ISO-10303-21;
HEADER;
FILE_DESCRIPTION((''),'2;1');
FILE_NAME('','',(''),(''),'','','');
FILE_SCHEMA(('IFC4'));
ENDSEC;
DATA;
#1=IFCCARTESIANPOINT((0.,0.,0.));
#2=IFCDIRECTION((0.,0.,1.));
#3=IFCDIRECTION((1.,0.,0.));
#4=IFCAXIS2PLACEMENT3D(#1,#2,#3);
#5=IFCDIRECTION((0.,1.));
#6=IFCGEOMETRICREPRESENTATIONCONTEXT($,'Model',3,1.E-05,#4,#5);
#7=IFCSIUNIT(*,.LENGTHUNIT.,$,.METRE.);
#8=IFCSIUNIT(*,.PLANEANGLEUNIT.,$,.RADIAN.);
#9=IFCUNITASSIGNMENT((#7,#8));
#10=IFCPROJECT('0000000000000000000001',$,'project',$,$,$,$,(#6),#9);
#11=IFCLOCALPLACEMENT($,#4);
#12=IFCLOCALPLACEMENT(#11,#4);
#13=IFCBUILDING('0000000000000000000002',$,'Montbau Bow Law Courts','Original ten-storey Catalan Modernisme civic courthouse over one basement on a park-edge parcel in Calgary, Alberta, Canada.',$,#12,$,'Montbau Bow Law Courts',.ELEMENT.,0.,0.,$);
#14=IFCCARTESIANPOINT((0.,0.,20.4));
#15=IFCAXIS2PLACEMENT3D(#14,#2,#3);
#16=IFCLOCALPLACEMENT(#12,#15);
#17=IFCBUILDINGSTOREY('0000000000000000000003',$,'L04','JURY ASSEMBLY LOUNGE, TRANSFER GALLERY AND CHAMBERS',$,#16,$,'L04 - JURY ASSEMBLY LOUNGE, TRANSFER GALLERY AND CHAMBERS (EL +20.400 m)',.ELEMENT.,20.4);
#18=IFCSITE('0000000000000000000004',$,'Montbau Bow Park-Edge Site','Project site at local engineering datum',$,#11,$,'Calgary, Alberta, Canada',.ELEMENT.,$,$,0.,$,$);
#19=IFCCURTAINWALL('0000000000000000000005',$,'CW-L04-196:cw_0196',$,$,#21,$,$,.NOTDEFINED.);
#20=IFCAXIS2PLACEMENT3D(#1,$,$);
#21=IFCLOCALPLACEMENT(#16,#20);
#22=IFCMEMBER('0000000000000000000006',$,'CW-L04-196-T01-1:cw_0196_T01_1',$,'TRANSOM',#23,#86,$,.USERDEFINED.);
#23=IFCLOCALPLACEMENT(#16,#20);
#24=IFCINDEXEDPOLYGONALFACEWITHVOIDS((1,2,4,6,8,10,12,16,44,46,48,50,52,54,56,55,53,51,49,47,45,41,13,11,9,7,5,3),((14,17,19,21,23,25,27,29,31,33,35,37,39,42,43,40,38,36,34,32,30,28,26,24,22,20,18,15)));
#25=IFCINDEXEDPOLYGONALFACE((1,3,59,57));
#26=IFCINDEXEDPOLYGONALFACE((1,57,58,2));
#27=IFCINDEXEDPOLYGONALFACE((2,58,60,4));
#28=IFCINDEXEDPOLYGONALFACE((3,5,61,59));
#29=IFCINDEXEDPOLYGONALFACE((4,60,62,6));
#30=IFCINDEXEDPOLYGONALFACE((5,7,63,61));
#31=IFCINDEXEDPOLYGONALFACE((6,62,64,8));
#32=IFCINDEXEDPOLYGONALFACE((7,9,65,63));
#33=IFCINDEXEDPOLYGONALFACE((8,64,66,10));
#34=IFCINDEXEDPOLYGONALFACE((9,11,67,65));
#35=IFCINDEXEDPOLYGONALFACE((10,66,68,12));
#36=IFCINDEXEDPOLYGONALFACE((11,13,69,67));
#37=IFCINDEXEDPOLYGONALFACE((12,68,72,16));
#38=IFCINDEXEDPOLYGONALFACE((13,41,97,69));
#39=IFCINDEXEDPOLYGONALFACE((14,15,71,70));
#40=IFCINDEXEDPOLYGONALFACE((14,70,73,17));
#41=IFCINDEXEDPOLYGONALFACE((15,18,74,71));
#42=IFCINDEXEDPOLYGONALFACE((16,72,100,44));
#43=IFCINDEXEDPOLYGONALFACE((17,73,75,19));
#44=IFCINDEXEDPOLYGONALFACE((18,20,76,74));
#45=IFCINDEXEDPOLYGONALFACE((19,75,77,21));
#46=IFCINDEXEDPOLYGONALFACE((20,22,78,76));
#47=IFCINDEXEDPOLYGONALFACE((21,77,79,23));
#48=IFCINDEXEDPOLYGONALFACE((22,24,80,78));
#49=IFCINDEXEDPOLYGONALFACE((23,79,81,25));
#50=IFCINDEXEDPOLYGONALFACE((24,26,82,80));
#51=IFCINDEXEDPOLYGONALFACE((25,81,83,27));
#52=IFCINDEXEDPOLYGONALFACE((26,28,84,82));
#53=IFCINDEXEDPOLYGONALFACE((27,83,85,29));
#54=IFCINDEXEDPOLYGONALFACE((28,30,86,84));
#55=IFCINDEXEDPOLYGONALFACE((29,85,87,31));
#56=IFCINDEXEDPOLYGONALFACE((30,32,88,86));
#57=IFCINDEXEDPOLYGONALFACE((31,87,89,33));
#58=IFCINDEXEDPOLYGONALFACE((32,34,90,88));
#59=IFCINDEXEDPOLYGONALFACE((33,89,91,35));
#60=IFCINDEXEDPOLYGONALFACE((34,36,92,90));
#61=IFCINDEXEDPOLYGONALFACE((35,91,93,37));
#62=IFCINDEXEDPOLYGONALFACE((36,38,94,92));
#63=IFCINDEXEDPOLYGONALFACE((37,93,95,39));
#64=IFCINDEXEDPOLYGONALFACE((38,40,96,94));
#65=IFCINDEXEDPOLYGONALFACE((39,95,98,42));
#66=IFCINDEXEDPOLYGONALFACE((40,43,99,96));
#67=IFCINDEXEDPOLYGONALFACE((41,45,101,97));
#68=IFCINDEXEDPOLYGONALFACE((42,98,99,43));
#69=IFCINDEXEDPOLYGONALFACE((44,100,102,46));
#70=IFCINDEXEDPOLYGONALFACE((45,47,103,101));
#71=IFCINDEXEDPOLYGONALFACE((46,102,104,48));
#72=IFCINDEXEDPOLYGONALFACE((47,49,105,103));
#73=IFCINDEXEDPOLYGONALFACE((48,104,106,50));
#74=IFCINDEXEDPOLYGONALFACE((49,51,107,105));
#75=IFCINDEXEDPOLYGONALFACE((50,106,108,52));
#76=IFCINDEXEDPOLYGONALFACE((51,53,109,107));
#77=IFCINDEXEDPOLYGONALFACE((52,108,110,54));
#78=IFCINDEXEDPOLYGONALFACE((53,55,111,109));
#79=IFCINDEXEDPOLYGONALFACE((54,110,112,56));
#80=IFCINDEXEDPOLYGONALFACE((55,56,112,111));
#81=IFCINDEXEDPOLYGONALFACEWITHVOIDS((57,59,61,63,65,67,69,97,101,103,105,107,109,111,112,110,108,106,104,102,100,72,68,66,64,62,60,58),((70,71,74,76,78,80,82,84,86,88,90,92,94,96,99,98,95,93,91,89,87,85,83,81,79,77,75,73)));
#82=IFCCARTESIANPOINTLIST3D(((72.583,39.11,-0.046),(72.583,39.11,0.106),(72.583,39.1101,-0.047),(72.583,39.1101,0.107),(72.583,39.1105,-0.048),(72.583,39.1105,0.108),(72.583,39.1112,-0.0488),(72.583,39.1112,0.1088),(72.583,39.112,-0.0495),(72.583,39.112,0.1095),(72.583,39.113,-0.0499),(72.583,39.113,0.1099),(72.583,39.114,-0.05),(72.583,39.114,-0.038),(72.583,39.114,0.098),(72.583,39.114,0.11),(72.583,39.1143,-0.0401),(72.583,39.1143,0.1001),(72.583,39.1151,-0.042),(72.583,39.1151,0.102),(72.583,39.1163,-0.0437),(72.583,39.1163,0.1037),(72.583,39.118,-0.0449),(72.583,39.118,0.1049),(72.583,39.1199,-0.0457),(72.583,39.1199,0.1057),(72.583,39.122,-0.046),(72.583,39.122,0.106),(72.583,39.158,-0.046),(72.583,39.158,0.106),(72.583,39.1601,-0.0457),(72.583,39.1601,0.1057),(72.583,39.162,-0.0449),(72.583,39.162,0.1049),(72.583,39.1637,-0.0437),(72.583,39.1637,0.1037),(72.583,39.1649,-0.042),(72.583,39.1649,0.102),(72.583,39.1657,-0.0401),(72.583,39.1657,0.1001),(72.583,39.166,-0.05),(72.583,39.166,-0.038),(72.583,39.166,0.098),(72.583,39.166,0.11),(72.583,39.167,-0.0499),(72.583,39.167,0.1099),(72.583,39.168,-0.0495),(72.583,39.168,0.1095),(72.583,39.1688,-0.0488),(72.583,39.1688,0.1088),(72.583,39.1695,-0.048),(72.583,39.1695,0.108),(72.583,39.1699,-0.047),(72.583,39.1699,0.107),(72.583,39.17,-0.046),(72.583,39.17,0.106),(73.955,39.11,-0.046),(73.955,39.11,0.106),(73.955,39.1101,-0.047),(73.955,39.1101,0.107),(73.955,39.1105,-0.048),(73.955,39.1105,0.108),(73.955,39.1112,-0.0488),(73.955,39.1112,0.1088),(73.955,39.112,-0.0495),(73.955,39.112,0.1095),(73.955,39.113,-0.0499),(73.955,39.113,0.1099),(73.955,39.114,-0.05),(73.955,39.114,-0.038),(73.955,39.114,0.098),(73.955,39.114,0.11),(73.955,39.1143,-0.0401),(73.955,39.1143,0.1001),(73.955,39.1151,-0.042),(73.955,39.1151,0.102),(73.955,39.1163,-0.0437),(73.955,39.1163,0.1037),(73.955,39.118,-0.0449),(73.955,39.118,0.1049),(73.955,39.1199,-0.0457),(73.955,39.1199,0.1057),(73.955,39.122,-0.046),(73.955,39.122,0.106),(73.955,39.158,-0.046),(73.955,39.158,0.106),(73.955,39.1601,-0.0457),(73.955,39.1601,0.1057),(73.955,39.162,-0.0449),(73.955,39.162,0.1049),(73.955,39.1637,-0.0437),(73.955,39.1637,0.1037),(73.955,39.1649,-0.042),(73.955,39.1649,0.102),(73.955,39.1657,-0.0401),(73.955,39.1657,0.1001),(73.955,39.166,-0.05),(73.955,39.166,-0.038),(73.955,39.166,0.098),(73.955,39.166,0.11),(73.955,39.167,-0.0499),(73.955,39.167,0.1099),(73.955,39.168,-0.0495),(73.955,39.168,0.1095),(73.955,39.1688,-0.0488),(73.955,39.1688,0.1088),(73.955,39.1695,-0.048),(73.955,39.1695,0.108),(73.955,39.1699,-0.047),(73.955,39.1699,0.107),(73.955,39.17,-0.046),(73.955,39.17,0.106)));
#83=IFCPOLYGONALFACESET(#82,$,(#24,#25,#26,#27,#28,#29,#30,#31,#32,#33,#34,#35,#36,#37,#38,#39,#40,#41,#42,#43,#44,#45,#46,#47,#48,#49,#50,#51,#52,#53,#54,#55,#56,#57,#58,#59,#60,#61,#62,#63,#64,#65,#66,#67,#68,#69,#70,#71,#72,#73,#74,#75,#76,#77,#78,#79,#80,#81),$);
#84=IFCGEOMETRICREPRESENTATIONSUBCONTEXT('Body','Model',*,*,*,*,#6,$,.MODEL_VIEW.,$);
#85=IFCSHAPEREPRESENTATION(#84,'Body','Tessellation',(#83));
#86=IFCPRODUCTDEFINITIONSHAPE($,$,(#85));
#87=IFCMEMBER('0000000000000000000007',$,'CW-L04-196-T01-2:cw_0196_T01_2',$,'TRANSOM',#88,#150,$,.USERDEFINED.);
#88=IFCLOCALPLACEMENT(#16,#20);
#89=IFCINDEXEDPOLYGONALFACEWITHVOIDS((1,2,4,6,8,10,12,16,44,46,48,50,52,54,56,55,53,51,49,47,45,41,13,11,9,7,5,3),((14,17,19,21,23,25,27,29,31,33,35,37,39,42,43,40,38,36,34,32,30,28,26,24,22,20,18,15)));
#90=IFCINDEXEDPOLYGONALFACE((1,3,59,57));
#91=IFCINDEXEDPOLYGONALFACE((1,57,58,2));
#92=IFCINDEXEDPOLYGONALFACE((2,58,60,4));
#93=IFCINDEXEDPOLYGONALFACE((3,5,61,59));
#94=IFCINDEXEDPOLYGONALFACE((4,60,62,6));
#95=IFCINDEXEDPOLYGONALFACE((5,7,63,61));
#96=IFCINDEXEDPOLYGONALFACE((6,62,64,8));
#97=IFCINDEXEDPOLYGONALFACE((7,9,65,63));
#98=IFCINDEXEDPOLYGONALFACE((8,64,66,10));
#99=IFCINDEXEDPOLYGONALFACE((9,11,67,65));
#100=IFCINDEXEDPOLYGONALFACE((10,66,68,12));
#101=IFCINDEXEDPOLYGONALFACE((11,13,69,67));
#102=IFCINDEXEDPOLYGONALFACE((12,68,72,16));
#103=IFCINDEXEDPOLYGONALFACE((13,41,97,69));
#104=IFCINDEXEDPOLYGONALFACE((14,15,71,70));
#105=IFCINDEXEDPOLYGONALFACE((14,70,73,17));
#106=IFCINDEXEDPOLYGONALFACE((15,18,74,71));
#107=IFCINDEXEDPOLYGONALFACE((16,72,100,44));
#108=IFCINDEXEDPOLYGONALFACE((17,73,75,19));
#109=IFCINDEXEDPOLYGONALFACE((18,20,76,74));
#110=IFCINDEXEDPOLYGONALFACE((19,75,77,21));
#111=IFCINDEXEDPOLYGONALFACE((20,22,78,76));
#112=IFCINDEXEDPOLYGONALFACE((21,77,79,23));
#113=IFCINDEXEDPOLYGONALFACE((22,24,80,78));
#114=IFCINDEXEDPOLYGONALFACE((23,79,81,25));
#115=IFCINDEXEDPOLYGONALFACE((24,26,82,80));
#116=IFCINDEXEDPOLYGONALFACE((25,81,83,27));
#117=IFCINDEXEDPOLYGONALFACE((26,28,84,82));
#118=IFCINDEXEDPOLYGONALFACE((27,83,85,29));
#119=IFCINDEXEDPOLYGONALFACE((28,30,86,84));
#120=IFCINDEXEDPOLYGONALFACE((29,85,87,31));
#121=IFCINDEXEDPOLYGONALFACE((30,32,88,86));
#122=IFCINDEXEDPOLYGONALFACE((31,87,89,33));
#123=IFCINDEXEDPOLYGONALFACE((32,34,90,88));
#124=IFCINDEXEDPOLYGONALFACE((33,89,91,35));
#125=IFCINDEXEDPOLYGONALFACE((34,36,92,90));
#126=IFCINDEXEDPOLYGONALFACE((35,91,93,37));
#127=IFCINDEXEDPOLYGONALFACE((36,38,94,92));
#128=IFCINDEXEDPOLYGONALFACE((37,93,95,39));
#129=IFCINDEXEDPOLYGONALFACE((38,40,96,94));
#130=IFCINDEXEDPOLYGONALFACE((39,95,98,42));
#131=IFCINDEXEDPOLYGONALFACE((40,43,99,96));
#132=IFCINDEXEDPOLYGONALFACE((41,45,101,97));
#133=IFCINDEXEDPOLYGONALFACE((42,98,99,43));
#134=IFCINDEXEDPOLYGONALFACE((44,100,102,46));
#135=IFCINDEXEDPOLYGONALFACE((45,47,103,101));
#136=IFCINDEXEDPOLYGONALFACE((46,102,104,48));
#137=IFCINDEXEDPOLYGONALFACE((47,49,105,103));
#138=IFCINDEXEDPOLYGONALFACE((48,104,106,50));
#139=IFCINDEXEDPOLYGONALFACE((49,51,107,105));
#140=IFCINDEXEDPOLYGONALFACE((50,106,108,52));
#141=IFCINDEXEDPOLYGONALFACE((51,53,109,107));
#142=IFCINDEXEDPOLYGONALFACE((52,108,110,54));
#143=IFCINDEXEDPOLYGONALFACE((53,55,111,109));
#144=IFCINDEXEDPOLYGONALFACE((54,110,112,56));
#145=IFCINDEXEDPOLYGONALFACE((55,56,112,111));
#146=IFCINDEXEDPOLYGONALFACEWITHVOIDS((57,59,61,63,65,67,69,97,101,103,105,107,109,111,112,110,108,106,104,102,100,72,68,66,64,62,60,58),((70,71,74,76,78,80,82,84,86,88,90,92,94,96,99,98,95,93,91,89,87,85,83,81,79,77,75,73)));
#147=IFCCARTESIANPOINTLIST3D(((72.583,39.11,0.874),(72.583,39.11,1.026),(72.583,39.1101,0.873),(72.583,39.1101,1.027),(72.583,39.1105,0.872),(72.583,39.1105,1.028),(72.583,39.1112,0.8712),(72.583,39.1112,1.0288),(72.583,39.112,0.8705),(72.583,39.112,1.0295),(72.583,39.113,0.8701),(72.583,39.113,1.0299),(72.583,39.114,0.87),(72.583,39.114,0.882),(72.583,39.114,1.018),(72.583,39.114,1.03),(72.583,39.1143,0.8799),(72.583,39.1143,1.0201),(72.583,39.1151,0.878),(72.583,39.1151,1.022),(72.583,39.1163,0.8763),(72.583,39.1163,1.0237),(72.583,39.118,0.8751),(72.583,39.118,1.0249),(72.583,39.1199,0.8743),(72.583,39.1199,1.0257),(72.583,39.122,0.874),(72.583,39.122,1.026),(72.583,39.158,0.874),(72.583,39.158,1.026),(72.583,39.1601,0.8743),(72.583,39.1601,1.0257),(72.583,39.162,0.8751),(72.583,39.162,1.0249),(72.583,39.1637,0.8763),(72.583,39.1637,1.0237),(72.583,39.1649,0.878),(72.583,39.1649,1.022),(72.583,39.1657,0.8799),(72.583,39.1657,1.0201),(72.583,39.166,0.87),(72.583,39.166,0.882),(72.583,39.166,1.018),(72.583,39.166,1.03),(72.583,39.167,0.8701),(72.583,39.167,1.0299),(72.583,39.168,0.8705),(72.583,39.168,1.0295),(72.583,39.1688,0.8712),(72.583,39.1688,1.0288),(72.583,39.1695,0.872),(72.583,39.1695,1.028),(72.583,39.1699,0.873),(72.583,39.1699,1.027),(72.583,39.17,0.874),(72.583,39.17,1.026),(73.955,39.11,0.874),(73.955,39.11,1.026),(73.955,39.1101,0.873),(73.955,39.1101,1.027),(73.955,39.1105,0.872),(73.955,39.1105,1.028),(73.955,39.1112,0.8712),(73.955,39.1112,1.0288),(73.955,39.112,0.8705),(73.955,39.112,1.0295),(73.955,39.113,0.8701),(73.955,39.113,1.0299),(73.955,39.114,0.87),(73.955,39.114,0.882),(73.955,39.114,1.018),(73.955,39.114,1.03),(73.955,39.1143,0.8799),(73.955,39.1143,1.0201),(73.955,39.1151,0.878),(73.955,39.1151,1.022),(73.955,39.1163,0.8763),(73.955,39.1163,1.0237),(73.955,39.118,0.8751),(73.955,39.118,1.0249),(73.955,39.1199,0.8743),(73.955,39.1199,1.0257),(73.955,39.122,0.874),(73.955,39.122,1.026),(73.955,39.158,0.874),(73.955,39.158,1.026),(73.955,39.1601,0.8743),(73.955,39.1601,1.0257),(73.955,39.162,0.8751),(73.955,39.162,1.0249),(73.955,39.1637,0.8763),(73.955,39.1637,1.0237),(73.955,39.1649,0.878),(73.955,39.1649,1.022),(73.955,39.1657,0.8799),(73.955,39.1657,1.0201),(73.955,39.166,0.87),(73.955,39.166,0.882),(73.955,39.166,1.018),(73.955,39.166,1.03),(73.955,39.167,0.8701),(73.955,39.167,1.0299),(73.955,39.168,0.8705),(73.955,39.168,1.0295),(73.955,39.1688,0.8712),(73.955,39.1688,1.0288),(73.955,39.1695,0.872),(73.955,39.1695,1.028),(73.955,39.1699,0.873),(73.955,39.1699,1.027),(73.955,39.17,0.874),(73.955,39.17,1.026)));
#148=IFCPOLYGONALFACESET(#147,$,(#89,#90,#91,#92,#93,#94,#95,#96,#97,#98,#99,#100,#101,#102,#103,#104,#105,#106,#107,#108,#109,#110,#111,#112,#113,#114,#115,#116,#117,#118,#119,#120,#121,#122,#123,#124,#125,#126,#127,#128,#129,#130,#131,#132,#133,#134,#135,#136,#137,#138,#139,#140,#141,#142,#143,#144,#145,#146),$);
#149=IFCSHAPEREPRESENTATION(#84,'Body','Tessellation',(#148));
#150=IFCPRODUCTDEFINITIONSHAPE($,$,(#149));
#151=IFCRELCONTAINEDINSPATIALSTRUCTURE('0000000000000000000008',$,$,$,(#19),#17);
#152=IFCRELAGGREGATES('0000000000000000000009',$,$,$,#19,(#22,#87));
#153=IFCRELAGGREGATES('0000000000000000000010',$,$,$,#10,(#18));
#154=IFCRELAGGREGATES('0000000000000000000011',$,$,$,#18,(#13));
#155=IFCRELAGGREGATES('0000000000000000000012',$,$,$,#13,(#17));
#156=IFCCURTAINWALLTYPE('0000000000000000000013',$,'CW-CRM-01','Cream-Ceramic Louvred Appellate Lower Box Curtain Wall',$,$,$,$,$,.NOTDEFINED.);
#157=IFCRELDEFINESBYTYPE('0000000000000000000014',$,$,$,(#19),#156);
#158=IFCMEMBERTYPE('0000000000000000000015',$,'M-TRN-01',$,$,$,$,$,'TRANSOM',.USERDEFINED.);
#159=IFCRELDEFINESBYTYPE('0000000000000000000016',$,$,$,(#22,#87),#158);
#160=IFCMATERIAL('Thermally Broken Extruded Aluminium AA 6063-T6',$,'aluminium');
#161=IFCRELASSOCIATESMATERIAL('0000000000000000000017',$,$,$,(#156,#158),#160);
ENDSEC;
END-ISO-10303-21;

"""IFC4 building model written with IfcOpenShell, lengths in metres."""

from ifc_helpers import new_model, si_unit, direction, frame, origin_with_axes, origin_2d_with_axis, place, context, subcontext, project, spatial, hollow_rectangle, extrude, material, material_profile, profile_set, type_object, element, aggregate, save


model = new_model("IFC4")

# Units and contexts
model_context = context("Model", 3, precision=1e-05, world=origin_with_axes(), true_north=direction((0.0, 1.0)))
body_context = subcontext(model_context, "Body", "Model", "MODEL_VIEW")
ifc_project = project(units=[si_unit("LENGTHUNIT", "METRE"), si_unit("PLANEANGLEUNIT", "RADIAN")], contexts=[model_context])

# Site, building, storey
site_placement = place(None, origin_with_axes())
site = spatial("IfcSite", under=ifc_project, at=site_placement, Name="Montbau Bow Park-Edge Site", Description="Project site at local engineering datum", LongName="Calgary, Alberta, Canada", CompositionType="ELEMENT", RefElevation=0.0)
building_placement = place(site_placement, origin_with_axes())
building = spatial("IfcBuilding", under=site, at=building_placement, Name="Montbau Bow Law Courts", Description="Original ten-storey Catalan Modernisme civic courthouse over one basement on a park-edge parcel in Calgary, Alberta, Canada.", LongName="Montbau Bow Law Courts", CompositionType="ELEMENT", ElevationOfRefHeight=0.0, ElevationOfTerrain=0.0)
storey_placement = place(building_placement, frame((0.0, 0.0, 20.4), z_axis=(0.0, 0.0, 1.0), x_axis=(1.0, 0.0, 0.0)))
storey = spatial("IfcBuildingStorey", under=building, at=storey_placement, Name="L04", Description="JURY ASSEMBLY LOUNGE, TRANSFER GALLERY AND CHAMBERS", LongName="L04 - JURY ASSEMBLY LOUNGE, TRANSFER GALLERY AND CHAMBERS (EL +20.400 m)", CompositionType="ELEMENT", Elevation=20.4)

# Shared definitions
ifc_material_1 = material(Name="Thermally Broken Extruded Aluminium AA 6063-T6", Category="aluminium")
curtain_wall_type = type_object("IfcCurtainWallType", Name="CW-CRM-01", Description="Cream-Ceramic Louvred Appellate Lower Box Curtain Wall", PredefinedType="NOTDEFINED", material=ifc_material_1)

# Curtain wall, members
curtain_wall_1_placement = place(None, frame((72.515, 39.14, 20.4), z_axis=(0.0, 0.0, 1.0), x_axis=(1.0, 0.0, 0.0)))
curtain_wall_1 = element("IfcCurtainWall", 1, at=curtain_wall_1_placement, inside=storey, type_object=curtain_wall_type, Name="CW-L04-196:cw_0196", PredefinedType="NOTDEFINED")
ifc_material_profile_1 = material_profile(ifc_material_1, hollow_rectangle(XDim=0.06, YDim=0.16, WallThickness=0.004, InnerFilletRadius=0.008, OuterFilletRadius=0.004, at=origin_2d_with_axis()), Name="CWT-160X60", Category="Main", Priority=0)
ifc_profile_set_1 = profile_set([ifc_material_profile_1], Name="Thermally Broken Extruded Aluminium AA 6063-T6")
member_type_1 = type_object("IfcMemberType", Name="M-TRN-01", ElementType="TRANSOM", PredefinedType="USERDEFINED", material=ifc_profile_set_1)
member_1_placement = place(None, frame((72.583, 39.14, 20.43), z_axis=(1.0, 0.0, 0.0), x_axis=(0.0, 1.0, 0.0)))
member_1 = element("IfcMember", 2, at=member_1_placement, type_object=member_type_1, Name="CW-L04-196-T01-1:cw_0196_T01_1", ObjectType="TRANSOM", PredefinedType="USERDEFINED", context=body_context, shape_type="SweptSolid", body=[
    extrude(hollow_rectangle(XDim=0.06, YDim=0.16, WallThickness=0.004, InnerFilletRadius=0.008, OuterFilletRadius=0.004, at=origin_2d_with_axis()), origin_with_axes(), (0.0, 0.0, 1.0), 1.372),
])
member_2_placement = place(None, frame((72.583, 39.14, 21.35), z_axis=(1.0, 0.0, 0.0), x_axis=(0.0, 1.0, 0.0)))
member_2 = element("IfcMember", 3, at=member_2_placement, type_object=member_type_1, Name="CW-L04-196-T01-2:cw_0196_T01_2", ObjectType="TRANSOM", PredefinedType="USERDEFINED", context=body_context, shape_type="SweptSolid", body=[
    extrude(hollow_rectangle(XDim=0.06, YDim=0.16, WallThickness=0.004, InnerFilletRadius=0.008, OuterFilletRadius=0.004, at=origin_2d_with_axis()), origin_with_axes(), (0.0, 0.0, 1.0), 1.372),
])
aggregate(curtain_wall_1, [member_1, member_2])

save(model, "model.ifc")
